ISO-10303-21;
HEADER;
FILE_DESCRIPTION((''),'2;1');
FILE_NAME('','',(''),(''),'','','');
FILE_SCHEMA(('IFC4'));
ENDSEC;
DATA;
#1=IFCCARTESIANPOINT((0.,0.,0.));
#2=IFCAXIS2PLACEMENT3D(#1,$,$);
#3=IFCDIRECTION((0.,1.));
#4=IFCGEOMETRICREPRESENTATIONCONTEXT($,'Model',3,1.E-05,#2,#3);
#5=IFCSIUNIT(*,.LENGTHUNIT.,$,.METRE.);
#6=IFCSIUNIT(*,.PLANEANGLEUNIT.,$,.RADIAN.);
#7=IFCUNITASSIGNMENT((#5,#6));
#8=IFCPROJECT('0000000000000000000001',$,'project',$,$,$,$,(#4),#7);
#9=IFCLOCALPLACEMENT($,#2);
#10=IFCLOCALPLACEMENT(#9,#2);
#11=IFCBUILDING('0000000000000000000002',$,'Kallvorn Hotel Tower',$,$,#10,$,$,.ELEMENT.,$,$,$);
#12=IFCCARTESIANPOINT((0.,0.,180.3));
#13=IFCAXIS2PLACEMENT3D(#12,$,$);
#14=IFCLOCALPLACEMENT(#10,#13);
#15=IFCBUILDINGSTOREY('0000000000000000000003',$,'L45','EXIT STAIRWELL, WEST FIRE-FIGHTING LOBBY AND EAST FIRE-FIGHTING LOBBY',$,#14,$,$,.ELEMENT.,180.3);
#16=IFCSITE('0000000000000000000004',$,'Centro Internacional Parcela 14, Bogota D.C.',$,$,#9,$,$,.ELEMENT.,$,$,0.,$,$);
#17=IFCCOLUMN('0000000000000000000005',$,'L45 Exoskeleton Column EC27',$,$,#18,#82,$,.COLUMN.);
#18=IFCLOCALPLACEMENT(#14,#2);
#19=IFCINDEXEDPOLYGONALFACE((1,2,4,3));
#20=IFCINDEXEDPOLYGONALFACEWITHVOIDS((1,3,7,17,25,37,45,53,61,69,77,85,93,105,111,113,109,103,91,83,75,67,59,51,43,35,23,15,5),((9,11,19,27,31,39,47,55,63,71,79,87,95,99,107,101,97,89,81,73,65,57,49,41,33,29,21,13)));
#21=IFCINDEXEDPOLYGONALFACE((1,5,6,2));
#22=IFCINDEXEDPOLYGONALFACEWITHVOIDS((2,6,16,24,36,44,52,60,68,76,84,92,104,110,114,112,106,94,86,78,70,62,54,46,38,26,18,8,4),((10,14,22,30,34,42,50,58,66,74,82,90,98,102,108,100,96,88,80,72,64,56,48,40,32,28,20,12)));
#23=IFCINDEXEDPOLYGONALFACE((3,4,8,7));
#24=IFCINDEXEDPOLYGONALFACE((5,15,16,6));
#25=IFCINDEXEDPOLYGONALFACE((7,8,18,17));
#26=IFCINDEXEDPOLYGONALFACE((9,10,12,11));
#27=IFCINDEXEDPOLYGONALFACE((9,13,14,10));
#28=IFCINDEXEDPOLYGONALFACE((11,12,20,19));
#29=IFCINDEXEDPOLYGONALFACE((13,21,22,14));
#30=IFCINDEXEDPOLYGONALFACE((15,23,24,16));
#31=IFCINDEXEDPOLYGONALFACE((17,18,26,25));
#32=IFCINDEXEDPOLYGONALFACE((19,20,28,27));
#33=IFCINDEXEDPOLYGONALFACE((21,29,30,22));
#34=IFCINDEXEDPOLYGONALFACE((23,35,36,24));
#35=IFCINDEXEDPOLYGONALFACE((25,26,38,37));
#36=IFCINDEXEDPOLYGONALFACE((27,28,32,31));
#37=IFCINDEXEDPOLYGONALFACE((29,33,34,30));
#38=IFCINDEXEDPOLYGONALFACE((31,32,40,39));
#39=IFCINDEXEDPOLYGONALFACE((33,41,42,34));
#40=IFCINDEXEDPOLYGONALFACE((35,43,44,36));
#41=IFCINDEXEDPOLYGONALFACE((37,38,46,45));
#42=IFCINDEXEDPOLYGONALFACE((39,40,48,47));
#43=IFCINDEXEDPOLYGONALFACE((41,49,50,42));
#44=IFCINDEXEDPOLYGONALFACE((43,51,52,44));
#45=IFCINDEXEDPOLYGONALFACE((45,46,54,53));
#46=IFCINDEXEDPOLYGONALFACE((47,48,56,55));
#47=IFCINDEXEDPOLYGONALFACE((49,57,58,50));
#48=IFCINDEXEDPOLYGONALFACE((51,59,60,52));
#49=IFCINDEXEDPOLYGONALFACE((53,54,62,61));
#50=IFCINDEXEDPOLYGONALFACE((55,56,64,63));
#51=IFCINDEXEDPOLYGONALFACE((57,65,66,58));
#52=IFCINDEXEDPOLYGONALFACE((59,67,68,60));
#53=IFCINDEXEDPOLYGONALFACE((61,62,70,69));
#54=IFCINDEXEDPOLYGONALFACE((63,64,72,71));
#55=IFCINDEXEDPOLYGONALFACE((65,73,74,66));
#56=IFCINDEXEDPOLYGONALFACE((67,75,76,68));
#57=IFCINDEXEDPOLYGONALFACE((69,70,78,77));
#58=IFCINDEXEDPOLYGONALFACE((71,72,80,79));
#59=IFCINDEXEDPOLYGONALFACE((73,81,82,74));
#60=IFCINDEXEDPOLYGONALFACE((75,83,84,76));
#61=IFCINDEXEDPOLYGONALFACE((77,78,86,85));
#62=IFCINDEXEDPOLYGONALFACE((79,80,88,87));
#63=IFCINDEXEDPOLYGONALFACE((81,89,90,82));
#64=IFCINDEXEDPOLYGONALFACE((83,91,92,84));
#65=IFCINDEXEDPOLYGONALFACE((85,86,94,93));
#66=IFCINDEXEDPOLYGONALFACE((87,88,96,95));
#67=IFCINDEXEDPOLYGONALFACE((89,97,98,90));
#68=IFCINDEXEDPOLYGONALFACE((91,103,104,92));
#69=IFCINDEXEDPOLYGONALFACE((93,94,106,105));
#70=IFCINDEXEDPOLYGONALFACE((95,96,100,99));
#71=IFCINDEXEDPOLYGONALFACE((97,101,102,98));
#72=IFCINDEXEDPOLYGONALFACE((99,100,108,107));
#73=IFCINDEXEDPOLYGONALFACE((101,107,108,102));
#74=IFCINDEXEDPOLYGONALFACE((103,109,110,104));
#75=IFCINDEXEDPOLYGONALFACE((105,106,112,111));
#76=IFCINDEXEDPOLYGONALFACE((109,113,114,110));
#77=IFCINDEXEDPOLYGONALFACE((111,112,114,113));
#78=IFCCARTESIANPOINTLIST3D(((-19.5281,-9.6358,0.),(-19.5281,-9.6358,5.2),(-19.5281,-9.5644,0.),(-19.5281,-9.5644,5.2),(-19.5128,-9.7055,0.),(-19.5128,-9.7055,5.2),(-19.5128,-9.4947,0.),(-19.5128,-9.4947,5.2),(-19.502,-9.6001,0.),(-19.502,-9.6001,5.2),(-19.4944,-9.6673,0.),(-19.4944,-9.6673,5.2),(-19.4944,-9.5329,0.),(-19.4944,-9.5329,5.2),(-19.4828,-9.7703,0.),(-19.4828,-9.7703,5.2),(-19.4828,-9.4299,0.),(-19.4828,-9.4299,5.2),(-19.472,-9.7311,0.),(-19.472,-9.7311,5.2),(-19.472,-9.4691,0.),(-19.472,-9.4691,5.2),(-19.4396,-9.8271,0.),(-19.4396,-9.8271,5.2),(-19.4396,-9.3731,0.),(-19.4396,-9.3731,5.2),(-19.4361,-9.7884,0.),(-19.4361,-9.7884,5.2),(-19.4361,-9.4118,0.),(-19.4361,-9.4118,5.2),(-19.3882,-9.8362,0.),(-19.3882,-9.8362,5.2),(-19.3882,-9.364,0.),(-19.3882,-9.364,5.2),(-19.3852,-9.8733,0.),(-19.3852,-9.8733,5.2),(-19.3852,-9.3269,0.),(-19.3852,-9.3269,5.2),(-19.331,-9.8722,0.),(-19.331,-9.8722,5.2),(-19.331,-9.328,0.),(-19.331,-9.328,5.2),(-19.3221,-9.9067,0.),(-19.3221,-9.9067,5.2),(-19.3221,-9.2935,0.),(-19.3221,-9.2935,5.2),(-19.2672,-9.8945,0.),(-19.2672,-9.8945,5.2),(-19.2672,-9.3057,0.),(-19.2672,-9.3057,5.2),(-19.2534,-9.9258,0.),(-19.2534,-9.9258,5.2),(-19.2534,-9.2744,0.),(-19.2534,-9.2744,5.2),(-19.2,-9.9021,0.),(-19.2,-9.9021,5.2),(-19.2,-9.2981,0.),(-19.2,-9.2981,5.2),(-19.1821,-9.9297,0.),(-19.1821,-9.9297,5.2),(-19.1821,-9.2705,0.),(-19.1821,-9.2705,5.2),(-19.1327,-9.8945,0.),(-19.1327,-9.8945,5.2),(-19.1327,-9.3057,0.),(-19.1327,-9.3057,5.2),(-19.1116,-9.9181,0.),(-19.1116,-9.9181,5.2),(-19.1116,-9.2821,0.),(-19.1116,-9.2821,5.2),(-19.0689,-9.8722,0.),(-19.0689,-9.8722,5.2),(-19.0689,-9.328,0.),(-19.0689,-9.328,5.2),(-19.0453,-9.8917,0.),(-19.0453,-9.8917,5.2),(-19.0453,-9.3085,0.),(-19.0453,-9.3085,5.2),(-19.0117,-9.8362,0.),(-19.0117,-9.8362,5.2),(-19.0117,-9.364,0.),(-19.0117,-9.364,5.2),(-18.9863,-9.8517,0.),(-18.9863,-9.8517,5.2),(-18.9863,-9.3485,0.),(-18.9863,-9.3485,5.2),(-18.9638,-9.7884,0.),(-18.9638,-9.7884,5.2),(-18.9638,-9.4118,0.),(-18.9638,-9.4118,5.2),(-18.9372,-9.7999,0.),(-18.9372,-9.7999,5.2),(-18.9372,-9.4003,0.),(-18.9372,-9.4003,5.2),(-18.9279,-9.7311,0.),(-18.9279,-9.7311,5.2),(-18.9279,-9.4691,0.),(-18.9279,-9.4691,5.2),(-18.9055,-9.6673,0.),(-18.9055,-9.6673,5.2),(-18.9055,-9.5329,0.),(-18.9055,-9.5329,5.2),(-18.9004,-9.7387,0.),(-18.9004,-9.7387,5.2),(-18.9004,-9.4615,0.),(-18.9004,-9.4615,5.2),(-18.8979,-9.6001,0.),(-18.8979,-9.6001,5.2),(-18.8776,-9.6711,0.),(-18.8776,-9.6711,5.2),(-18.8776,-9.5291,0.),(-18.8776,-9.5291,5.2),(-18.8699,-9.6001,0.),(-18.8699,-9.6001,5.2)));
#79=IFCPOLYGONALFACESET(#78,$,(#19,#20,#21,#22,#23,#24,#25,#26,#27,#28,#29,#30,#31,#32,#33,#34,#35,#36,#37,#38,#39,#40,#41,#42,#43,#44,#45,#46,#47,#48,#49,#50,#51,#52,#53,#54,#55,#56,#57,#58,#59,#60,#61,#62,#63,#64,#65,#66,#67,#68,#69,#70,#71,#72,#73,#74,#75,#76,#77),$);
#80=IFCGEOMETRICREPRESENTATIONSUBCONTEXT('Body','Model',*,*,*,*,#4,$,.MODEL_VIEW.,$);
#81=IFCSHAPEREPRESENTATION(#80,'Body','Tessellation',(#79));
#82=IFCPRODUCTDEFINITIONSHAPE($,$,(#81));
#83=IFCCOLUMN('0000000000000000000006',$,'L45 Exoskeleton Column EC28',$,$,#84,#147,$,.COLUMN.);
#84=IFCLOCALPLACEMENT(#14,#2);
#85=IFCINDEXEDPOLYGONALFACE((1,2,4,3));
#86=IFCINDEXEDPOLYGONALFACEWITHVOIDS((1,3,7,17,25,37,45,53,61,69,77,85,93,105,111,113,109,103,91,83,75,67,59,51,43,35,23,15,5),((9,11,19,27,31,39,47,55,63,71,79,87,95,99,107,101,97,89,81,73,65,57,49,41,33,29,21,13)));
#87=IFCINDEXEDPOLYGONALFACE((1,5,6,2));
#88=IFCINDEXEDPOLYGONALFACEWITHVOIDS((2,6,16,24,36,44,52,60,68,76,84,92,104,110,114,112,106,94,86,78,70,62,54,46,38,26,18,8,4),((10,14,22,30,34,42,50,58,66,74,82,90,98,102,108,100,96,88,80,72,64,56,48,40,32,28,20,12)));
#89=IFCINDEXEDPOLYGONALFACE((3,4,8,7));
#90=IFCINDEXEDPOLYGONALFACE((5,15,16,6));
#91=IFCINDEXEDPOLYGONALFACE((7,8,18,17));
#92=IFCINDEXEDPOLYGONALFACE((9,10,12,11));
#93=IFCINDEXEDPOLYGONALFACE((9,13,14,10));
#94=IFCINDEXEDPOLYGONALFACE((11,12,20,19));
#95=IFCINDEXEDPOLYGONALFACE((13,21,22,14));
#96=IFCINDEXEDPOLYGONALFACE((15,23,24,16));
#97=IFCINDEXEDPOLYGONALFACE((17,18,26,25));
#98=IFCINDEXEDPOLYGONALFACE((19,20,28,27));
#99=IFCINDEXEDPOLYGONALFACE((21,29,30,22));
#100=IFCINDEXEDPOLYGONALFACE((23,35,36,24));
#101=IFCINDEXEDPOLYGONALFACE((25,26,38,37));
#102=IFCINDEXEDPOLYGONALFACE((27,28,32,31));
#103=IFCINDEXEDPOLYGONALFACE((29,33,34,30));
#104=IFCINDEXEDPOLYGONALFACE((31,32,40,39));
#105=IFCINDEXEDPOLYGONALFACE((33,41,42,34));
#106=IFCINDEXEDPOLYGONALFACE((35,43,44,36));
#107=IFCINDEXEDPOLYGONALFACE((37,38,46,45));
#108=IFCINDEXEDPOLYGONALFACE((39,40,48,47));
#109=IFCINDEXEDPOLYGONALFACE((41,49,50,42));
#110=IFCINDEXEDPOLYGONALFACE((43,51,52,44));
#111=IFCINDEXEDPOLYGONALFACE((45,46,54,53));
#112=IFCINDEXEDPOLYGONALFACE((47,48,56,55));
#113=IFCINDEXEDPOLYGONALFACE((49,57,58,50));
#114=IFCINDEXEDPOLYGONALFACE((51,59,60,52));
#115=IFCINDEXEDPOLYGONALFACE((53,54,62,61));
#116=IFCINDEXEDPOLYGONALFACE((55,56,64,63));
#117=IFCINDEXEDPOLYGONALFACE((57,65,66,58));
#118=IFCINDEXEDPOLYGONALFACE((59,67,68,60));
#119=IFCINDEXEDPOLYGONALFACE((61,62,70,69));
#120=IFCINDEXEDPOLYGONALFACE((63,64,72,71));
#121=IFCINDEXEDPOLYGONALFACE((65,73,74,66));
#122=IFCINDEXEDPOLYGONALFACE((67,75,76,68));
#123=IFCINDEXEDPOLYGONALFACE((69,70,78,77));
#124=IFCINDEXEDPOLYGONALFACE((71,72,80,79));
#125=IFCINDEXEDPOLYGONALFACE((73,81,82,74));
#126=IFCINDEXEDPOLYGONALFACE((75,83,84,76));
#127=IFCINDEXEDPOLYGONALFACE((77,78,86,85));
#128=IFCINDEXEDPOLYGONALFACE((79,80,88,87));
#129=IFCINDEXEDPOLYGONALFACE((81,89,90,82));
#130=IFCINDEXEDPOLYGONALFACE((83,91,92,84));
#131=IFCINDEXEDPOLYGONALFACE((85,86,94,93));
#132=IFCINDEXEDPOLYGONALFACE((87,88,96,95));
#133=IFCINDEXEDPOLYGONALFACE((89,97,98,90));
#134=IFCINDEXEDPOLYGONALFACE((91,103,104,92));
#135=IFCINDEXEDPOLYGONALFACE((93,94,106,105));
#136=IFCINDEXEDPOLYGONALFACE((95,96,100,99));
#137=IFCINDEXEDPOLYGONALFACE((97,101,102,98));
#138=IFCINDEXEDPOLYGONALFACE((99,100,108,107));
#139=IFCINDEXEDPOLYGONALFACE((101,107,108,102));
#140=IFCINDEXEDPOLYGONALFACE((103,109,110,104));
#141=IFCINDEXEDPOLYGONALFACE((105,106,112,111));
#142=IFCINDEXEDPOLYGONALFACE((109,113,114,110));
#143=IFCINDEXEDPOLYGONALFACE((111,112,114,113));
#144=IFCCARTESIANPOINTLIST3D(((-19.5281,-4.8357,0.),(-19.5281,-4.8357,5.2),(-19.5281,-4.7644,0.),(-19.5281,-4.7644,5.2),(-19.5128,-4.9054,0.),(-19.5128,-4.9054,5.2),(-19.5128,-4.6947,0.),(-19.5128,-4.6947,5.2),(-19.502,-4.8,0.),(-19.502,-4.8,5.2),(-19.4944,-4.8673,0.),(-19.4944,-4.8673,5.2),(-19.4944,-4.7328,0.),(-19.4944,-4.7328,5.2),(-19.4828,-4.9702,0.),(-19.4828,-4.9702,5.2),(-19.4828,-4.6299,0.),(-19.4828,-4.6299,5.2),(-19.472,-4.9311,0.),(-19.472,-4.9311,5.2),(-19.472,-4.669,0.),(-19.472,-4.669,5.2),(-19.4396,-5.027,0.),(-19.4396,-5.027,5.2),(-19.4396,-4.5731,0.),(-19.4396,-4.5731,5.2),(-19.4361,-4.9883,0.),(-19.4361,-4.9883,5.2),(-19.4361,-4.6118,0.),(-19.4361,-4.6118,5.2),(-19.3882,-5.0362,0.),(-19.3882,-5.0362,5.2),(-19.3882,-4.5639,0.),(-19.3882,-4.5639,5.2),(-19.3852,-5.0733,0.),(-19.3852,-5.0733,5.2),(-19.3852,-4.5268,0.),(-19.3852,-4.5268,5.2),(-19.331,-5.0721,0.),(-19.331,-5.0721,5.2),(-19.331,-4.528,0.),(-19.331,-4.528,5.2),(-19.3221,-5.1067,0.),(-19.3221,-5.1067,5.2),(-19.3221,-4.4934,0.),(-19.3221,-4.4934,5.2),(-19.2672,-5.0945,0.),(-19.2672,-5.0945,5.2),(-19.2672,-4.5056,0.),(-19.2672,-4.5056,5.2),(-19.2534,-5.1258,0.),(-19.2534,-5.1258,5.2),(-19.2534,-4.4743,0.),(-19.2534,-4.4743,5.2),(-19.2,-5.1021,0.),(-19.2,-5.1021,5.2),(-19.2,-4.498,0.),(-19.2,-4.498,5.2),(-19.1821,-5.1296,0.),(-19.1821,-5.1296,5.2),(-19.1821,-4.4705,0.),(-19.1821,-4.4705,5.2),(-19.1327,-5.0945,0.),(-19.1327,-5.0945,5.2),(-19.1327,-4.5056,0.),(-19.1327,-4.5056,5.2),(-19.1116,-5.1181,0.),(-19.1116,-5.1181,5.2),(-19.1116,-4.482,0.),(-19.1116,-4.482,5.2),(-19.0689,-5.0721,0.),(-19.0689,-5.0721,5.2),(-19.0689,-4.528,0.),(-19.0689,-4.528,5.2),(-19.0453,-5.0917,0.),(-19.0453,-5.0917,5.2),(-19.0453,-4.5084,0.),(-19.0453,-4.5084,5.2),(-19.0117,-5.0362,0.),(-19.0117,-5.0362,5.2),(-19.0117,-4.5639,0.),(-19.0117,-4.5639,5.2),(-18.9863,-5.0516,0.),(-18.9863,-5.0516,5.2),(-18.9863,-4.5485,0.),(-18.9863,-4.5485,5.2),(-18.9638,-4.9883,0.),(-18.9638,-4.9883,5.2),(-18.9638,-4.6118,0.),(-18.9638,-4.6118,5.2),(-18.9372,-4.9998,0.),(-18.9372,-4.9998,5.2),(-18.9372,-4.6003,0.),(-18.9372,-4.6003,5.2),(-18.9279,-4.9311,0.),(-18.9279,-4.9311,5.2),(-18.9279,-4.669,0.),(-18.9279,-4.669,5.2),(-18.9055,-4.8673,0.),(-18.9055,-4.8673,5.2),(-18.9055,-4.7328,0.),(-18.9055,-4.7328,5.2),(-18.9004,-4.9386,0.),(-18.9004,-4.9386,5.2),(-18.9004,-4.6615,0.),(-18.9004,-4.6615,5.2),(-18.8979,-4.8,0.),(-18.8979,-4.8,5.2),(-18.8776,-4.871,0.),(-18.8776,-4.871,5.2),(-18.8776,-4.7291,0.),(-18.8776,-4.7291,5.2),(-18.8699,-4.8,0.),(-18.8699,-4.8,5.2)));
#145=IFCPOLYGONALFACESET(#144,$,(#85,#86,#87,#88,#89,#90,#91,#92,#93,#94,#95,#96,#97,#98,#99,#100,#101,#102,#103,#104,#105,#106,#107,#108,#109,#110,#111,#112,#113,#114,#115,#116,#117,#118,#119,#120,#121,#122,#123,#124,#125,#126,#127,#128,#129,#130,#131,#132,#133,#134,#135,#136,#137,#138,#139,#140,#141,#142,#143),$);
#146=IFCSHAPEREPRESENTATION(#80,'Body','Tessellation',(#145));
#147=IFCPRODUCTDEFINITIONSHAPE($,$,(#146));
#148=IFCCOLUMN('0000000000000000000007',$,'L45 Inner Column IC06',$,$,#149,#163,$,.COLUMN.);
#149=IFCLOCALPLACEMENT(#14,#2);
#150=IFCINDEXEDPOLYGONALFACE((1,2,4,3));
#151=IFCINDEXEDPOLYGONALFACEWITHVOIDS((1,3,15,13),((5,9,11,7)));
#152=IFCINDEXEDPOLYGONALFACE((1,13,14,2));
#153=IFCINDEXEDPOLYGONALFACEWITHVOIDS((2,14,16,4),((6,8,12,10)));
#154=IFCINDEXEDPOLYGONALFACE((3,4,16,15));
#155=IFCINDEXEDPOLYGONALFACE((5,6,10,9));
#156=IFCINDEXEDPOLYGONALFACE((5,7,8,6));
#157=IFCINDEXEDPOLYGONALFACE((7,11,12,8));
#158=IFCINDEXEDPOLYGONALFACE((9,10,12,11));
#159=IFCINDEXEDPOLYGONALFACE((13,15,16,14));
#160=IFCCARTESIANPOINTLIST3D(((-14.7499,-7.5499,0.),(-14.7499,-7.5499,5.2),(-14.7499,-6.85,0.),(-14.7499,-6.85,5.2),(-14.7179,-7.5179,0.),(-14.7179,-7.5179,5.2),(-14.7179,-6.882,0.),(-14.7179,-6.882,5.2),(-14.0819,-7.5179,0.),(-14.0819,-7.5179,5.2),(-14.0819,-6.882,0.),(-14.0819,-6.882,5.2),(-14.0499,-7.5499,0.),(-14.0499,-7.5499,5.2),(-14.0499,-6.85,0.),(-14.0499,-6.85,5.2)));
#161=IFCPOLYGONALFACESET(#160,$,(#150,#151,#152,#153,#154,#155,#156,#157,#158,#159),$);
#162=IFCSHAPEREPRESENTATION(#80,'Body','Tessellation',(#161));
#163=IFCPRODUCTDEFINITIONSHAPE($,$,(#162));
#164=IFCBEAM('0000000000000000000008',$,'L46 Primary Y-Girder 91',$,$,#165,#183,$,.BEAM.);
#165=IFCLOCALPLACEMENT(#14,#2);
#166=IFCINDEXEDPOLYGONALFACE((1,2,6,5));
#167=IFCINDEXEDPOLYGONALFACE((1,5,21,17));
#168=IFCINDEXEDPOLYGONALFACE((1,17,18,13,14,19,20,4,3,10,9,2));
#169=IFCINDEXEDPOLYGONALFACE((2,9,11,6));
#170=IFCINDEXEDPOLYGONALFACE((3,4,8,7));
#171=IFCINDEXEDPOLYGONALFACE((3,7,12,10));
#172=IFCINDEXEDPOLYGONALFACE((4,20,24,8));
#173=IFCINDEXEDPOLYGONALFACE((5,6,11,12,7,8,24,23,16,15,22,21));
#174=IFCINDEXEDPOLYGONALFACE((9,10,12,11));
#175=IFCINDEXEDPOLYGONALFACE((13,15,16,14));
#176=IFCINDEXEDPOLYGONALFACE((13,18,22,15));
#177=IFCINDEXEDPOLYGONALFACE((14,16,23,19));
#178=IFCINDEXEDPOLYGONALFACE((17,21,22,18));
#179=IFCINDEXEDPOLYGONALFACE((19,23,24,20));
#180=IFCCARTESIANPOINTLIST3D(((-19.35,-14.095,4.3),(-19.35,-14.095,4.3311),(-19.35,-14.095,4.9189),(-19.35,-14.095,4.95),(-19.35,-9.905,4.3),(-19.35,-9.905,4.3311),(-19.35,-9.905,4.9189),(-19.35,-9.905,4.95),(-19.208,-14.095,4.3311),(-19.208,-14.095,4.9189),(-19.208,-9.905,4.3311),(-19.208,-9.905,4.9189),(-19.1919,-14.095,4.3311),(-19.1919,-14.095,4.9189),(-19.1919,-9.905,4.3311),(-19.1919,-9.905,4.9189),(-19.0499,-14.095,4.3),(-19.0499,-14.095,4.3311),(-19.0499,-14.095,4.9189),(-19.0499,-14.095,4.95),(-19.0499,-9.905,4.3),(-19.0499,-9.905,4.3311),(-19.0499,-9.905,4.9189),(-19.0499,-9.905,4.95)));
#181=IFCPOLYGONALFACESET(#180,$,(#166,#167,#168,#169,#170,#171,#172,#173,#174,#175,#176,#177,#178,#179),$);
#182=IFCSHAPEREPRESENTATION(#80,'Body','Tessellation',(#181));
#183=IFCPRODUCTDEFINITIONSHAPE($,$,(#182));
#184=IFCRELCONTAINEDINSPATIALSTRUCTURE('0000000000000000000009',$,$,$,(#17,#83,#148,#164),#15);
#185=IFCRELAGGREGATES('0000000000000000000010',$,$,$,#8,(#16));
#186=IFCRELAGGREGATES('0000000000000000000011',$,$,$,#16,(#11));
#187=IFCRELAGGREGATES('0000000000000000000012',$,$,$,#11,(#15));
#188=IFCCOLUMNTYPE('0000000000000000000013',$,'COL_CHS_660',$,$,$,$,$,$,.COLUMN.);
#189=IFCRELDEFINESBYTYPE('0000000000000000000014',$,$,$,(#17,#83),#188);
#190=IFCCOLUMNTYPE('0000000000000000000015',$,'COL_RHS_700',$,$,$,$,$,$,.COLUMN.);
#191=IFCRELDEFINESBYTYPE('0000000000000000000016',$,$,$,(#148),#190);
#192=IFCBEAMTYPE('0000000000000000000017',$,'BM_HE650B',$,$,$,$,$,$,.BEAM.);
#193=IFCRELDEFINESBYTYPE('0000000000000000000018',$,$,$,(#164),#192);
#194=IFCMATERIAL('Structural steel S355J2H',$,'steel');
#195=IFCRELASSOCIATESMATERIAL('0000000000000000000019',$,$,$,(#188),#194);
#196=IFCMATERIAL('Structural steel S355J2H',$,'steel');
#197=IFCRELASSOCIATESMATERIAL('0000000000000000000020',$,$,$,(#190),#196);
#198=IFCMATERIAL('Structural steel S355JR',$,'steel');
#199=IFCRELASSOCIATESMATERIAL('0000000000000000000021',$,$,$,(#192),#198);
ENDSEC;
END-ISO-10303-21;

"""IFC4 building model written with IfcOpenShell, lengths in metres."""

from ifc_helpers import new_model, si_unit, direction, frame, origin, origin_2d, place, context, subcontext, project, spatial, hollow_rectangle, hollow_circle, i_section, extrude, material, material_profile, profile_set, type_object, element, save


model = new_model("IFC4")

# Units and contexts
model_context = context("Model", 3, precision=1e-05, world=origin(), true_north=direction((0.0, 1.0)))
body_context = subcontext(model_context, "Body", "Model", "MODEL_VIEW")
ifc_project = project(units=[si_unit("LENGTHUNIT", "METRE"), si_unit("PLANEANGLEUNIT", "RADIAN")], contexts=[model_context])

# Site, building, storey
site_placement = place(None, origin())
site = spatial("IfcSite", under=ifc_project, at=site_placement, Name="Centro Internacional Parcela 14, Bogota D.C.", CompositionType="ELEMENT", RefElevation=0.0)
building_placement = place(site_placement, origin())
building = spatial("IfcBuilding", under=site, at=building_placement, Name="Kallvorn Hotel Tower", CompositionType="ELEMENT")
storey_placement = place(building_placement, frame((0.0, 0.0, 180.3)))
storey = spatial("IfcBuildingStorey", under=building, at=storey_placement, Name="L45", Description="EXIT STAIRWELL, WEST FIRE-FIGHTING LOBBY AND EAST FIRE-FIGHTING LOBBY", CompositionType="ELEMENT", Elevation=180.3)

# Columns
ifc_material_1 = material(Name="Structural steel S355J2H", Category="steel")
ifc_material_profile_1 = material_profile(ifc_material_1, hollow_circle(Radius=0.3301, WallThickness=0.0281, at=origin_2d()), Name="CHS 660x28")
ifc_profile_set_1 = profile_set([ifc_material_profile_1], Name="Structural steel S355J2H")
column_type_1 = type_object("IfcColumnType", Name="COL_CHS_660", PredefinedType="COLUMN", material=ifc_profile_set_1)
for number, where, z_axis, x_axis, name in (
    (1, (-19.2, -9.6001, 0.0), (0.0, 0.0, 1.0), (1.0, 0.0, 0.0), "L45 Exoskeleton Column EC27"),
    (2, (-19.2, -4.8, 0.0), (0.0, 0.0, 1.0), (1.0, 0.0, 0.0), "L45 Exoskeleton Column EC28"),
):
    element("IfcColumn", number, at=place(storey_placement, frame(where, z_axis=z_axis, x_axis=x_axis)), inside=storey, type_object=column_type_1, Name=name, PredefinedType="COLUMN", context=body_context, shape_type="SweptSolid", body=[
        extrude(hollow_circle(Radius=0.3301, WallThickness=0.0281, at=origin_2d()), origin(), (0.0, 0.0, 1.0), 5.2),
    ])
ifc_material_2 = material(Name="Structural steel S355J2H", Category="steel")
ifc_material_profile_2 = material_profile(ifc_material_2, hollow_rectangle(XDim=0.7, YDim=0.7, WallThickness=0.032, at=origin_2d()), Name="RHS 700x700x32")
ifc_profile_set_2 = profile_set([ifc_material_profile_2], Name="Structural steel S355J2H")
column_type_2 = type_object("IfcColumnType", Name="COL_RHS_700", PredefinedType="COLUMN", material=ifc_profile_set_2)
column_placement = place(storey_placement, frame((-14.3999, -7.2, 0.0), z_axis=(0.0, 0.0, 1.0), x_axis=(1.0, 0.0, 0.0)))
element("IfcColumn", 3, at=column_placement, inside=storey, type_object=column_type_2, Name="L45 Inner Column IC06", PredefinedType="COLUMN", context=body_context, shape_type="SweptSolid", body=[
    extrude(hollow_rectangle(XDim=0.7, YDim=0.7, WallThickness=0.032, at=origin_2d()), origin(), (0.0, 0.0, 1.0), 5.2),
])

# Beam
ifc_material_3 = material(Name="Structural steel S355JR", Category="steel")
ifc_material_profile_3 = material_profile(ifc_material_3, i_section(OverallWidth=0.3, OverallDepth=0.6499, WebThickness=0.0161, FlangeThickness=0.031, at=origin_2d()), Name="HE 650 B")
ifc_profile_set_3 = profile_set([ifc_material_profile_3], Name="Structural steel S355JR")
beam_type_1 = type_object("IfcBeamType", Name="BM_HE650B", PredefinedType="BEAM", material=ifc_profile_set_3)
beam_1_placement = place(storey_placement, frame((-19.2, -14.095, 4.625), z_axis=(0.0, 1.0, 0.0), x_axis=(-1.0, 0.0, 0.0)))
element("IfcBeam", 4, at=beam_1_placement, inside=storey, type_object=beam_type_1, Name="L46 Primary Y-Girder 91", PredefinedType="BEAM", context=body_context, shape_type="SweptSolid", body=[
    extrude(i_section(OverallWidth=0.3, OverallDepth=0.6499, WebThickness=0.0161, FlangeThickness=0.031, at=origin_2d()), origin(), (0.0, 0.0, 1.0), 4.1899),
])

save(model, "model.ifc")
